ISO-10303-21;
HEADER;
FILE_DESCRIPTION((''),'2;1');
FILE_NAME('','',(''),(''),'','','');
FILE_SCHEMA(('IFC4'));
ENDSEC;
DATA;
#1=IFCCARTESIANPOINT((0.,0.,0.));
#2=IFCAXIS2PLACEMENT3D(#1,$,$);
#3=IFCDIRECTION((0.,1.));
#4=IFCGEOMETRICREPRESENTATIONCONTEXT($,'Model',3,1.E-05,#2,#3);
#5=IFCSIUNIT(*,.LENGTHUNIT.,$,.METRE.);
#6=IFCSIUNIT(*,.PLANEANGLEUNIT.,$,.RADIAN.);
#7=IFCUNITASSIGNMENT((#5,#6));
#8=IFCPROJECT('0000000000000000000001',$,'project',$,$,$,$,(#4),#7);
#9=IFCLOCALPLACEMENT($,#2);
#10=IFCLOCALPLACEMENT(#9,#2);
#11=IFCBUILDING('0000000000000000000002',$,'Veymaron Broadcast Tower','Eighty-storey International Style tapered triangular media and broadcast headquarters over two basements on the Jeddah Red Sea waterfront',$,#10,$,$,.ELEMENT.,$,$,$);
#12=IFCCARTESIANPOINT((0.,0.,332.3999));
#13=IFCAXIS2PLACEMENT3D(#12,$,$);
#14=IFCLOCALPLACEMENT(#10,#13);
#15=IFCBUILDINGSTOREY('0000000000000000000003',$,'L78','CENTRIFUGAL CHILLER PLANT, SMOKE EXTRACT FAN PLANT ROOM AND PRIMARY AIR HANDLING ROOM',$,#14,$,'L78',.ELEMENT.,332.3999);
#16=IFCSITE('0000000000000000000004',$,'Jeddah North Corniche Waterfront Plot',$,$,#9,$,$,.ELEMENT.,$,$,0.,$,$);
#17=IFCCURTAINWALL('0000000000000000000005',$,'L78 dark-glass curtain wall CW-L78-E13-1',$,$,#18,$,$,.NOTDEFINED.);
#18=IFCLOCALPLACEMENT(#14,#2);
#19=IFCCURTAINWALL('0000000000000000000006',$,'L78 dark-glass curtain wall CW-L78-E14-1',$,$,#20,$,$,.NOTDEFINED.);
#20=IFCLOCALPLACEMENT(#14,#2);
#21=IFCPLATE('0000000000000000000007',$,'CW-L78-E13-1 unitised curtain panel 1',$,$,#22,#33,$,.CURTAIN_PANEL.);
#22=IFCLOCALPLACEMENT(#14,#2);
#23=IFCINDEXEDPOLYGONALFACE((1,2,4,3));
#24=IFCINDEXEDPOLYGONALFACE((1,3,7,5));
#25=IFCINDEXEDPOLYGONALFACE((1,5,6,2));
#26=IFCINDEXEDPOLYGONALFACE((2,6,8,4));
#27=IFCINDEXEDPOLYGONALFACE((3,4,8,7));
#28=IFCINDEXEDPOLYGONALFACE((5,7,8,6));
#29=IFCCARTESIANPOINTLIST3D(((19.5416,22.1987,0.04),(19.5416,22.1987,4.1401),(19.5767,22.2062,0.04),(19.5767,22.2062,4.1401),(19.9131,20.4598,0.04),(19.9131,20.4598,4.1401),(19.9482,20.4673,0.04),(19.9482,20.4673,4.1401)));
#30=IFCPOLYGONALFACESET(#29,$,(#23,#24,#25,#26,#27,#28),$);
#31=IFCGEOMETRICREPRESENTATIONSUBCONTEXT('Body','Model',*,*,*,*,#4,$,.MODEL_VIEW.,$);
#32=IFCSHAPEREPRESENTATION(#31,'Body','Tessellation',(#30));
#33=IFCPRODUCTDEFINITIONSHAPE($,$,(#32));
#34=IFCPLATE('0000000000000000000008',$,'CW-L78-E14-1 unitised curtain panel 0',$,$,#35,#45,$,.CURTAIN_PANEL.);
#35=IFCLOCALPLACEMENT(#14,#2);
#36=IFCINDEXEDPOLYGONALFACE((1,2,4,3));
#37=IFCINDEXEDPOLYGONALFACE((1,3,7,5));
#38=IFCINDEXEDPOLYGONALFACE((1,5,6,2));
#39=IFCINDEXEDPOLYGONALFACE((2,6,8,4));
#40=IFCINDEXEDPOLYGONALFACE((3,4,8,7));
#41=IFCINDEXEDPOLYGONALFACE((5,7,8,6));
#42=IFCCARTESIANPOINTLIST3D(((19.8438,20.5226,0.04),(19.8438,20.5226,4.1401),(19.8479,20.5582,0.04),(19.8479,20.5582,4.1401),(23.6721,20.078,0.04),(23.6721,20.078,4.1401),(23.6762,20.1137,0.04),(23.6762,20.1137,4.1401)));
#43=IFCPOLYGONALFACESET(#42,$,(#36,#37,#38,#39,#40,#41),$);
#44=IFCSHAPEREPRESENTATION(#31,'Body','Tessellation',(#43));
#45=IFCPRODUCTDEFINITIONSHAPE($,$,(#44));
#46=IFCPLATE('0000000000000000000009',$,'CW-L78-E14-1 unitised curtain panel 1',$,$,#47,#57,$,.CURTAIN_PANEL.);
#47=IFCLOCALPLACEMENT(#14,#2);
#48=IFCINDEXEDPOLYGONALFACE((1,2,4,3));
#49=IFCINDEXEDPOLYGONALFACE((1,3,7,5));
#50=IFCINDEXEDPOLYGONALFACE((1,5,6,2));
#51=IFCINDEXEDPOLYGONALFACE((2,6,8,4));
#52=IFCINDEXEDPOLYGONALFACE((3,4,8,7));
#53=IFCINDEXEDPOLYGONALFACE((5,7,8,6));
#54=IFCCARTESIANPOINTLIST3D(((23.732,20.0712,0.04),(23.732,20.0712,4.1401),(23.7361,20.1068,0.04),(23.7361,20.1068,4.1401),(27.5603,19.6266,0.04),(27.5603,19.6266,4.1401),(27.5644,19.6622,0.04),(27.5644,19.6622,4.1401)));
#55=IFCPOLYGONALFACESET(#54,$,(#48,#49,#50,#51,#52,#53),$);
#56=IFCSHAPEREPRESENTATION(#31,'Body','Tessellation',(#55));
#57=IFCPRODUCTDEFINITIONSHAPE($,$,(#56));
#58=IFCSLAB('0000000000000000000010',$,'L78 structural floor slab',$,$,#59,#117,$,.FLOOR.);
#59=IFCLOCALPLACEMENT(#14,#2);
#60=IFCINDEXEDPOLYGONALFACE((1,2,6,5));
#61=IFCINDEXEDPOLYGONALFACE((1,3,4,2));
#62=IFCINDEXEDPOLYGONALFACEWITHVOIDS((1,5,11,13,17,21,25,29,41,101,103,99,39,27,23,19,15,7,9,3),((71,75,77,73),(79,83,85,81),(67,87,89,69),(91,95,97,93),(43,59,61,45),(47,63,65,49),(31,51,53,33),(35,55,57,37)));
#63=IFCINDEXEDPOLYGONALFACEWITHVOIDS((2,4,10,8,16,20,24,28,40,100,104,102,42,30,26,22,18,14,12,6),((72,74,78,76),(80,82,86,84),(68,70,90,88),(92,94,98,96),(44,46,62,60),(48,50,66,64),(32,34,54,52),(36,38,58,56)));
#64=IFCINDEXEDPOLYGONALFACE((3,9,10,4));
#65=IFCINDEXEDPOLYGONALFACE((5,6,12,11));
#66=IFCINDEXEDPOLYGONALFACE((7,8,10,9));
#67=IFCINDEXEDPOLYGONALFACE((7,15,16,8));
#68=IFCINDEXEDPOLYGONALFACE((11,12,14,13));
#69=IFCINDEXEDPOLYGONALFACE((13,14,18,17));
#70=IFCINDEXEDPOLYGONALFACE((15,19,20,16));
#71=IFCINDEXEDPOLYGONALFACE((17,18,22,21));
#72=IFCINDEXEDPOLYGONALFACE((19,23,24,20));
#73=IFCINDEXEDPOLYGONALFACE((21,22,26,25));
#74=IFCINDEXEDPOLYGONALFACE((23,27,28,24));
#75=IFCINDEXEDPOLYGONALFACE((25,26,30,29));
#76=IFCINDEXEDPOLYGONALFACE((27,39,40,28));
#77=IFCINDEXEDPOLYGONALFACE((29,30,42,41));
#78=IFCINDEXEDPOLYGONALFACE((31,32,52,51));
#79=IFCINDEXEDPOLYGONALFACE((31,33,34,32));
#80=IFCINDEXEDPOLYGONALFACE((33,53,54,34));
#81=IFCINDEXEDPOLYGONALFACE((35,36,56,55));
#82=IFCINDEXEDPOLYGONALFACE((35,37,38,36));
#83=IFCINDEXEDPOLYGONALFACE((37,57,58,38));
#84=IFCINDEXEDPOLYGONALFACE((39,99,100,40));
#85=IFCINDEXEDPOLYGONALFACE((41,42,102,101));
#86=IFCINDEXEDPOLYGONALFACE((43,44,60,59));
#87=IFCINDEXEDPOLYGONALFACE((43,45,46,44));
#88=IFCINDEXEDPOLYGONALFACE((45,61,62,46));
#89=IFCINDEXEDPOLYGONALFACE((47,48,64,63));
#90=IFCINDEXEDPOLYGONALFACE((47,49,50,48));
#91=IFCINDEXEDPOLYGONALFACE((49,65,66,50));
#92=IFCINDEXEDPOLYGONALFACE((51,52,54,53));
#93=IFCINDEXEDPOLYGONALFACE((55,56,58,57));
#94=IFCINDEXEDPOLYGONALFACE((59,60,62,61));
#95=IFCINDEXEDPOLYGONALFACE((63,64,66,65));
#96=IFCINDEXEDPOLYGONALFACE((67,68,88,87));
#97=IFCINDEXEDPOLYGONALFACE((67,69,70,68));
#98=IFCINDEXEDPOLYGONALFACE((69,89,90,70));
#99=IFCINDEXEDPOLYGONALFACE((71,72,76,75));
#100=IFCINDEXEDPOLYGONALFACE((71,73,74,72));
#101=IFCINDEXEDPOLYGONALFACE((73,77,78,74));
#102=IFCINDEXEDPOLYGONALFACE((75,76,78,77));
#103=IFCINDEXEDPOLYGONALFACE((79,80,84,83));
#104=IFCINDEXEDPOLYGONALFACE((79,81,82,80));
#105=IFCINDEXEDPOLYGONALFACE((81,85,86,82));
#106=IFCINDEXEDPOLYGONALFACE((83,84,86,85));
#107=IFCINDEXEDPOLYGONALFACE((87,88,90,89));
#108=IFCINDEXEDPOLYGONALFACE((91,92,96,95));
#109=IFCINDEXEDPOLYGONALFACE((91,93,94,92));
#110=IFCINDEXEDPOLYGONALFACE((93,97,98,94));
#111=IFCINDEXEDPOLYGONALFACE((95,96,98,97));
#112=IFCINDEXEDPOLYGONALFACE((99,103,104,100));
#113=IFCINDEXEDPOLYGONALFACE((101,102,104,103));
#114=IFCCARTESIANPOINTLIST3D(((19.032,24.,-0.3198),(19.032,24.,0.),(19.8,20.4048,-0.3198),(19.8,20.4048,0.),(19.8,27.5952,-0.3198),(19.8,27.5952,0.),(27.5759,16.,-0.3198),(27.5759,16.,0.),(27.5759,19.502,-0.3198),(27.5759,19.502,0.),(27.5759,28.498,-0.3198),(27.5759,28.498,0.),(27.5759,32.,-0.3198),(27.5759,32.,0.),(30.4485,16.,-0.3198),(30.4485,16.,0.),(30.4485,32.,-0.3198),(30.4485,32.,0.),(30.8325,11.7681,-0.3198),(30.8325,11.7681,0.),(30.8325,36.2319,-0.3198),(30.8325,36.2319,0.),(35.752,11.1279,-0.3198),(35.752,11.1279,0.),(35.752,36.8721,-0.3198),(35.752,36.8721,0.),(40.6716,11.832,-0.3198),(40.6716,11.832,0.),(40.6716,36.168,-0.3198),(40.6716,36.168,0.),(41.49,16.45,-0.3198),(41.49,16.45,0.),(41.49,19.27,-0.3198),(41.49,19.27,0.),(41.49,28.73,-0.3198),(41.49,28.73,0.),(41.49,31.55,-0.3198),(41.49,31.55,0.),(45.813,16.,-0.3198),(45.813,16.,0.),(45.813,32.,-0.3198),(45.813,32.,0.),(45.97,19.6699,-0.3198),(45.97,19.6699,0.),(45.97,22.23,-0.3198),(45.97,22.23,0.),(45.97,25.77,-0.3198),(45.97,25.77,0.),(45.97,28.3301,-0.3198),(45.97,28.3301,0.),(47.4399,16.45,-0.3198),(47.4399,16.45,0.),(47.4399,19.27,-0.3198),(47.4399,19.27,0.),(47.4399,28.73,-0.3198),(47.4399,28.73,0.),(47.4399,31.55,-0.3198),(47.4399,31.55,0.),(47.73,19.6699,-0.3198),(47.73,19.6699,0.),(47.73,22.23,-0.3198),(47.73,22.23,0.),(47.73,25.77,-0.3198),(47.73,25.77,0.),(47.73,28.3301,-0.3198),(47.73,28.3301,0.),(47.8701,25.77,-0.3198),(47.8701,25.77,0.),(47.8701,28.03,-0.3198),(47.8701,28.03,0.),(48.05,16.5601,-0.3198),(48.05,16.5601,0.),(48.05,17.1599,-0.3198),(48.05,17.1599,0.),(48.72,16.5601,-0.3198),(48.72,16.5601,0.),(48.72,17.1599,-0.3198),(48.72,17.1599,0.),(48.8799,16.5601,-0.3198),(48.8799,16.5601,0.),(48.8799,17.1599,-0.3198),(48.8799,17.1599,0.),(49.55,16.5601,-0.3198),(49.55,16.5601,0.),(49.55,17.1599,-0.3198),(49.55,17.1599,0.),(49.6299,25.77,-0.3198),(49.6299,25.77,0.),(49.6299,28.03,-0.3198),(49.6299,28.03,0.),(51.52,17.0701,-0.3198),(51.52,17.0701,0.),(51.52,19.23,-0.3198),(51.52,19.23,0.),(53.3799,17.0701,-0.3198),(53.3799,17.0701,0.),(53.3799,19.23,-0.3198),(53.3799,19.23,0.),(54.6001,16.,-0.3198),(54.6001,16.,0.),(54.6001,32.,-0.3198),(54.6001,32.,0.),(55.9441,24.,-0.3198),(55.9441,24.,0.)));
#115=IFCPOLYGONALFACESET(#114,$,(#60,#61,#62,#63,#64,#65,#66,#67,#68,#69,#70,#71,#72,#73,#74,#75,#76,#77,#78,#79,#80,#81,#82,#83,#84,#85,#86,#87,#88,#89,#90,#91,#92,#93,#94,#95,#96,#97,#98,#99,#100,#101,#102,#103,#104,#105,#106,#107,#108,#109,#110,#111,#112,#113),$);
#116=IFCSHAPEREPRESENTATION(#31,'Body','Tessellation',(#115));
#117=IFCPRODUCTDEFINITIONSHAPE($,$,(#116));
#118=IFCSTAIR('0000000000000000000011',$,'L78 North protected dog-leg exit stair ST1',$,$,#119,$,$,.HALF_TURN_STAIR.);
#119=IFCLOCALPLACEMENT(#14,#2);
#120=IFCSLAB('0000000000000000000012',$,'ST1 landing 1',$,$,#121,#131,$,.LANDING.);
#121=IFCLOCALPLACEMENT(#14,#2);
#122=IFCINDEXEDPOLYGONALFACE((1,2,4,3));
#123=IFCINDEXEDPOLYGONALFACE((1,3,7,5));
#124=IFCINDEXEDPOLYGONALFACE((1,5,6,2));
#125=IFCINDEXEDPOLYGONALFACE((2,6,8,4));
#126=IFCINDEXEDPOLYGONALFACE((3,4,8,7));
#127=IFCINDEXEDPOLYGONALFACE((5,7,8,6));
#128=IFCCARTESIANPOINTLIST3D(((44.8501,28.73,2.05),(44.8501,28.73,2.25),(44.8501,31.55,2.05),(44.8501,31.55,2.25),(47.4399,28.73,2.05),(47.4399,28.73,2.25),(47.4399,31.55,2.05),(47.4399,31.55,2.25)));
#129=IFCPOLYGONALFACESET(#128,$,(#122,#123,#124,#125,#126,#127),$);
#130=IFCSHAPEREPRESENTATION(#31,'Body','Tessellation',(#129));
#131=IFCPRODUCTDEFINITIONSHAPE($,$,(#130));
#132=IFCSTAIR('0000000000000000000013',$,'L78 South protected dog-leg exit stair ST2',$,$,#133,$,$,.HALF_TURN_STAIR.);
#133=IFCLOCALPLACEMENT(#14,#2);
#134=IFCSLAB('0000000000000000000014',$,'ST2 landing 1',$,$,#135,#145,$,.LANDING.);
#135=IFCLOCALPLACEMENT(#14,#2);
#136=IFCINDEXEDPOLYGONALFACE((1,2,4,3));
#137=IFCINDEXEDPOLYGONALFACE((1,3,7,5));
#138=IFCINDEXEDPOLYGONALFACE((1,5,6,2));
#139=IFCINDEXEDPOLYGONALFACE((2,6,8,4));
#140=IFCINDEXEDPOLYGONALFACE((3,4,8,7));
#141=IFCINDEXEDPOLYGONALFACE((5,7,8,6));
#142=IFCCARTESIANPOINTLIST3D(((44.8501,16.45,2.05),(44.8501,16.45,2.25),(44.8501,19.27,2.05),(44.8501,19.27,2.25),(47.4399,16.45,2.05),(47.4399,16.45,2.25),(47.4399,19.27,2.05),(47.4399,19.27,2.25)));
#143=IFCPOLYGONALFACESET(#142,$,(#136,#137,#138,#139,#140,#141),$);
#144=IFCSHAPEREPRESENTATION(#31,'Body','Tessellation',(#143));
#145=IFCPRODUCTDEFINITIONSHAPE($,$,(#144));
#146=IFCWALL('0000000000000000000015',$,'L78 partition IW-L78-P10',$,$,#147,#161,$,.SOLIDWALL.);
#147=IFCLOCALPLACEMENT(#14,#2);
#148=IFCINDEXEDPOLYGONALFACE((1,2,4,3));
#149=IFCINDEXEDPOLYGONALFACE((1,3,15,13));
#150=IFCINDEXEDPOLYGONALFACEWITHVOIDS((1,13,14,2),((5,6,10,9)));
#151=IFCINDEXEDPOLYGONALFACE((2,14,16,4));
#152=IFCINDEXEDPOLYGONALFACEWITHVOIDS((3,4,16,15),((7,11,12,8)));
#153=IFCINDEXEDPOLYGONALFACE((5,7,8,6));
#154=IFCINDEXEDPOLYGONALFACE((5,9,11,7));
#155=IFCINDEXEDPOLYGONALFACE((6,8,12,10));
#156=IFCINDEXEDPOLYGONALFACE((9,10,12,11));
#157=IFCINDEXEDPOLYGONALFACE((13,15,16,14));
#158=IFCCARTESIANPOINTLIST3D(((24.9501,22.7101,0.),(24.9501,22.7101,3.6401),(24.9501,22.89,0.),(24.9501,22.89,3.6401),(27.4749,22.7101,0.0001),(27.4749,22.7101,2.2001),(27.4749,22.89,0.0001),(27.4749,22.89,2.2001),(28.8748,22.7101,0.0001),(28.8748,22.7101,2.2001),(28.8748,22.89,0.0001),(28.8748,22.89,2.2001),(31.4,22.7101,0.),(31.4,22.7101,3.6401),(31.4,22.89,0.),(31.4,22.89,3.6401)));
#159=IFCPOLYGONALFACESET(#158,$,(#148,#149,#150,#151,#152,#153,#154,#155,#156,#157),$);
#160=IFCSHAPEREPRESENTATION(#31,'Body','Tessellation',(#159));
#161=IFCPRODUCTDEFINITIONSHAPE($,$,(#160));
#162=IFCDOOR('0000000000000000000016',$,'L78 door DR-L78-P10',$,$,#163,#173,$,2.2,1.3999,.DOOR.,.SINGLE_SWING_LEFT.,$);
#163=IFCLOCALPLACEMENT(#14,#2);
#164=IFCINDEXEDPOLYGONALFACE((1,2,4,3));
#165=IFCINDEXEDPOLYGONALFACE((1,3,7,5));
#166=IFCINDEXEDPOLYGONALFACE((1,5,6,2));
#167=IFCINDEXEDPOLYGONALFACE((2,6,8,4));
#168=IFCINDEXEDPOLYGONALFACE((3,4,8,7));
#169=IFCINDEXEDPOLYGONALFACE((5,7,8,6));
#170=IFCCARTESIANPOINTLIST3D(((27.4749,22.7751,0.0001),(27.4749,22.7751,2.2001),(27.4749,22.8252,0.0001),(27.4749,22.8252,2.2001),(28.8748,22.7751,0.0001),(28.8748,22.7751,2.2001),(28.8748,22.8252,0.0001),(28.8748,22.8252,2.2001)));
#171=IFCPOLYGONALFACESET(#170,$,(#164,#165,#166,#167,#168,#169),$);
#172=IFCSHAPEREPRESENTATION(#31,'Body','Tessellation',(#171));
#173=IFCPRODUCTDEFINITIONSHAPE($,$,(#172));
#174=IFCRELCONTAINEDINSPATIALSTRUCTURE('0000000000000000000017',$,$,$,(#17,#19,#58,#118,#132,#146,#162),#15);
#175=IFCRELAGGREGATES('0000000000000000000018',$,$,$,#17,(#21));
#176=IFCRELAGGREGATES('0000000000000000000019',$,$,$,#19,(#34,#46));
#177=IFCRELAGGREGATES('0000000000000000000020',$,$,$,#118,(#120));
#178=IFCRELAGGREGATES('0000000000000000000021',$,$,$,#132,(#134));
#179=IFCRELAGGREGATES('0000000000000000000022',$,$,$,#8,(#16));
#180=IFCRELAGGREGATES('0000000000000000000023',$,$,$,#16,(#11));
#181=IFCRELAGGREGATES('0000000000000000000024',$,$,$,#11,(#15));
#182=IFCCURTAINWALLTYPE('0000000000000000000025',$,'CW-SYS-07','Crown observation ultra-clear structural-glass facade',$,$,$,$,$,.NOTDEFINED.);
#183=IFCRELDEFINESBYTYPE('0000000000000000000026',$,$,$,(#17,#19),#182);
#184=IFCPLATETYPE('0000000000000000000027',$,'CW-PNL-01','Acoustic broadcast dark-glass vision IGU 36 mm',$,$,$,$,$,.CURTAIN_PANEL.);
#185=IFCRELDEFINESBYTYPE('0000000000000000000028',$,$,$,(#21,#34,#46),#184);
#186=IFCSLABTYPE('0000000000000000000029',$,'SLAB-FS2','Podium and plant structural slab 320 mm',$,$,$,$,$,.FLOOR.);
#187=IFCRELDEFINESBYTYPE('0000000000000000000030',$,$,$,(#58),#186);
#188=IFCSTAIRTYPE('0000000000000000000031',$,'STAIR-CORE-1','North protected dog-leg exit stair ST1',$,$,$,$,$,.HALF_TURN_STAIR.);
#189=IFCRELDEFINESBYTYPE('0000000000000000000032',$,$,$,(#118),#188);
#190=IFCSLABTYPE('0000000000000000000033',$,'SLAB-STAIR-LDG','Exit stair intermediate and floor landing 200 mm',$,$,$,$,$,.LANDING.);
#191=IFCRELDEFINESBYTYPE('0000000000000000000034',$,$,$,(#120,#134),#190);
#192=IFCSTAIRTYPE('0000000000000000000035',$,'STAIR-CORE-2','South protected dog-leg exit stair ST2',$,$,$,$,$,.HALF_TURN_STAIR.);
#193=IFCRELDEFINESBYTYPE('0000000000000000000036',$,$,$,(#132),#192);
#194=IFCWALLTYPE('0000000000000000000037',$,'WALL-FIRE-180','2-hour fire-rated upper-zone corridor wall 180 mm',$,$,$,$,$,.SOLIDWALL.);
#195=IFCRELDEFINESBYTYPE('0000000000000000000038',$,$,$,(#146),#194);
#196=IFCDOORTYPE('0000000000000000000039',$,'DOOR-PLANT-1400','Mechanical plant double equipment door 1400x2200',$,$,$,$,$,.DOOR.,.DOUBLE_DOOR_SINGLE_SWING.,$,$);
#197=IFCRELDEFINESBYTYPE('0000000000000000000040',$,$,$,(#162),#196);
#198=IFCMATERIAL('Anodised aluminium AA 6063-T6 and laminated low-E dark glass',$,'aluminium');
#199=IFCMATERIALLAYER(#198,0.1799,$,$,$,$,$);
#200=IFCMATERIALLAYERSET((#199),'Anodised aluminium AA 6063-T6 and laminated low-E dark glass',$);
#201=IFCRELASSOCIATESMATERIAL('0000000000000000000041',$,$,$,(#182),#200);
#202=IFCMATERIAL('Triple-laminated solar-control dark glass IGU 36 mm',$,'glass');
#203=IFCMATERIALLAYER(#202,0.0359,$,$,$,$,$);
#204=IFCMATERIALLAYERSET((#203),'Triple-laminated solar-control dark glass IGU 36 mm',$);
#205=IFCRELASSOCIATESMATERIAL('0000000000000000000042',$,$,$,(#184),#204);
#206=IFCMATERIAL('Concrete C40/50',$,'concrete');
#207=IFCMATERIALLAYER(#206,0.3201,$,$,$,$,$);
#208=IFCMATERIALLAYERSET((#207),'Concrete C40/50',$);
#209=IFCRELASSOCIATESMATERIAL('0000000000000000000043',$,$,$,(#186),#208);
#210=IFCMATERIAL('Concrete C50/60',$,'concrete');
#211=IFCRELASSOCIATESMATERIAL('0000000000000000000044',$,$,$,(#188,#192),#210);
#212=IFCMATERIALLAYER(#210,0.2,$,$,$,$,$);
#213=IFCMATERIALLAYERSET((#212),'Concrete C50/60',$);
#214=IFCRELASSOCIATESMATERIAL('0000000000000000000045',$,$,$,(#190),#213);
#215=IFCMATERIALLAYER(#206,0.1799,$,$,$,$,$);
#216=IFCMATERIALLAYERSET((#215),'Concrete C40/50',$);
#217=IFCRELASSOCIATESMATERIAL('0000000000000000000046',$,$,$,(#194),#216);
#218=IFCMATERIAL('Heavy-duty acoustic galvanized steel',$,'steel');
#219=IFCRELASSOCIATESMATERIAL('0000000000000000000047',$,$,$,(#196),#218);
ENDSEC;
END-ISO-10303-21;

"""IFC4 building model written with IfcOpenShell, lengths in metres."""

from ifc_helpers import new_model, si_unit, direction, frame, frame_2d, origin, origin_2d, place, context, subcontext, project, spatial, polyline, rectangle, outline, extrude, material, layer, layer_set, type_object, element, fill, aggregate, save


model = new_model("IFC4")

# Units and contexts
model_context = context("Model", 3, precision=1e-05, world=origin(), true_north=direction((0.0, 1.0)))
body_context = subcontext(model_context, "Body", "Model", "MODEL_VIEW")
ifc_project = project(units=[si_unit("LENGTHUNIT", "METRE"), si_unit("PLANEANGLEUNIT", "RADIAN")], contexts=[model_context])

# Site, building, storey
site_placement = place(None, origin())
site = spatial("IfcSite", under=ifc_project, at=site_placement, Name="Jeddah North Corniche Waterfront Plot", CompositionType="ELEMENT", RefElevation=0.0)
building_placement = place(site_placement, origin())
building = spatial("IfcBuilding", under=site, at=building_placement, Name="Veymaron Broadcast Tower", Description="Eighty-storey International Style tapered triangular media and broadcast headquarters over two basements on the Jeddah Red Sea waterfront", CompositionType="ELEMENT")
storey_placement = place(building_placement, frame((0.0, 0.0, 332.3999)))
storey = spatial("IfcBuildingStorey", under=building, at=storey_placement, Name="L78", Description="CENTRIFUGAL CHILLER PLANT, SMOKE EXTRACT FAN PLANT ROOM AND PRIMARY AIR HANDLING ROOM", LongName="L78", CompositionType="ELEMENT", Elevation=332.3999)

# Shared definitions
ifc_material_1 = material(Name="Anodised aluminium AA 6063-T6 and laminated low-E dark glass", Category="aluminium")
ifc_layer_1 = layer(ifc_material_1, 0.1799)
ifc_layer_set_1 = layer_set([ifc_layer_1], Name="Anodised aluminium AA 6063-T6 and laminated low-E dark glass")
curtain_wall_type = type_object("IfcCurtainWallType", Name="CW-SYS-07", Description="Crown observation ultra-clear structural-glass facade", PredefinedType="NOTDEFINED", material=ifc_layer_set_1)

# Curtain walls
curtain_wall_1_placement = place(storey_placement, origin())
curtain_wall_1 = element("IfcCurtainWall", 1, at=curtain_wall_1_placement, inside=storey, type_object=curtain_wall_type, Name="L78 dark-glass curtain wall CW-L78-E13-1", PredefinedType="NOTDEFINED")
curtain_wall_2_placement = place(storey_placement, origin())
curtain_wall_2 = element("IfcCurtainWall", 2, at=curtain_wall_2_placement, inside=storey, type_object=curtain_wall_type, Name="L78 dark-glass curtain wall CW-L78-E14-1", PredefinedType="NOTDEFINED")

# Plates
ifc_material_2 = material(Name="Triple-laminated solar-control dark glass IGU 36 mm", Category="glass")
ifc_layer_2 = layer(ifc_material_2, 0.0359)
ifc_layer_set_2 = layer_set([ifc_layer_2], Name="Triple-laminated solar-control dark glass IGU 36 mm")
plate_type = type_object("IfcPlateType", Name="CW-PNL-01", Description="Acoustic broadcast dark-glass vision IGU 36 mm", PredefinedType="CURTAIN_PANEL", material=ifc_layer_set_2)
plate_1_placement = place(storey_placement, frame((19.7449, 21.333, 0.04), z_axis=(0.0, 0.0, 1.0), x_axis=(0.208919, -0.977933, 0.0)))
plate_1 = element("IfcPlate", 3, at=plate_1_placement, type_object=plate_type, Name="CW-L78-E13-1 unitised curtain panel 1", PredefinedType="CURTAIN_PANEL", context=body_context, shape_type="SweptSolid", body=[
    extrude(rectangle(XDim=1.7781, YDim=0.0359, at=origin_2d()), origin(), (0.0, 0.0, 1.0), 4.1001),
])
aggregate(curtain_wall_1, [plate_1])
plate_2_placement = place(storey_placement, frame((21.76, 20.3181, 0.04), z_axis=(0.0, 0.0, 1.0), x_axis=(0.993325, -0.115353, 0.0)))
plate_2 = element("IfcPlate", 4, at=plate_2_placement, type_object=plate_type, Name="CW-L78-E14-1 unitised curtain panel 0", PredefinedType="CURTAIN_PANEL", context=body_context, shape_type="SweptSolid", body=[
    extrude(rectangle(XDim=3.854, YDim=0.0359, at=origin_2d()), origin(), (0.0, 0.0, 1.0), 4.1001),
])
plate_3_placement = place(storey_placement, frame((25.6482, 19.8667, 0.04), z_axis=(0.0, 0.0, 1.0), x_axis=(0.993325, -0.115353, 0.0)))
plate_3 = element("IfcPlate", 5, at=plate_3_placement, type_object=plate_type, Name="CW-L78-E14-1 unitised curtain panel 1", PredefinedType="CURTAIN_PANEL", context=body_context, shape_type="SweptSolid", body=[
    extrude(rectangle(XDim=3.854, YDim=0.0359, at=origin_2d()), origin(), (0.0, 0.0, 1.0), 4.1001),
])
aggregate(curtain_wall_2, [plate_2, plate_3])

# Slab
ifc_material_3 = material(Name="Concrete C40/50", Category="concrete")
ifc_layer_3 = layer(ifc_material_3, 0.3201)
ifc_layer_set_3 = layer_set([ifc_layer_3], Name="Concrete C40/50")
slab_type_1 = type_object("IfcSlabType", Name="SLAB-FS2", Description="Podium and plant structural slab 320 mm", PredefinedType="FLOOR", material=ifc_layer_set_3)
slab_1_placement = place(storey_placement, frame((0.0, 0.0, -0.3198)))
element("IfcSlab", 6, at=slab_1_placement, inside=storey, type_object=slab_type_1, Name="L78 structural floor slab", PredefinedType="FLOOR", context=body_context, shape_type="SweptSolid", body=[
    extrude(outline(polyline([(45.813, 16.0), (54.6001, 16.0), (55.9441, 24.0), (54.6001, 32.0), (45.813, 32.0), (40.6716, 36.168), (35.752, 36.8721), (30.8325, 36.2319), (30.4485, 32.0), (27.5759, 32.0), (27.5759, 28.498), (19.8, 27.5952), (19.032, 24.0), (19.8, 20.4048), (27.5759, 19.502), (27.5759, 16.0), (30.4485, 16.0), (30.8325, 11.7681), (35.752, 11.1279), (40.6716, 11.832), (45.813, 16.0)]), holes=[polyline([(45.97, 28.3301), (47.73, 28.3301), (47.73, 25.77), (45.97, 25.77), (45.97, 28.3301)]), polyline([(45.97, 22.23), (47.73, 22.23), (47.73, 19.6699), (45.97, 19.6699), (45.97, 22.23)]), polyline([(47.8701, 28.03), (49.6299, 28.03), (49.6299, 25.77), (47.8701, 25.77), (47.8701, 28.03)]), polyline([(51.52, 19.23), (53.3799, 19.23), (53.3799, 17.0701), (51.52, 17.0701), (51.52, 19.23)]), polyline([(48.05, 17.1599), (48.72, 17.1599), (48.72, 16.5601), (48.05, 16.5601), (48.05, 17.1599)]), polyline([(48.8799, 17.1599), (49.55, 17.1599), (49.55, 16.5601), (48.8799, 16.5601), (48.8799, 17.1599)]), polyline([(41.49, 31.55), (47.4399, 31.55), (47.4399, 28.73), (41.49, 28.73), (41.49, 31.55)]), polyline([(41.49, 19.27), (47.4399, 19.27), (47.4399, 16.45), (41.49, 16.45), (41.49, 19.27)])]), origin(), (0.0, 0.0, 1.0), 0.3198),
])

# Stairs, slabs
ifc_material_4 = material(Name="Concrete C50/60", Category="concrete")
stair_type_1 = type_object("IfcStairType", Name="STAIR-CORE-1", Description="North protected dog-leg exit stair ST1", PredefinedType="HALF_TURN_STAIR", material=ifc_material_4)
stair_1_placement = place(storey_placement, origin())
stair_1 = element("IfcStair", 7, at=stair_1_placement, inside=storey, type_object=stair_type_1, Name="L78 North protected dog-leg exit stair ST1", PredefinedType="HALF_TURN_STAIR")
ifc_layer_4 = layer(ifc_material_4, 0.2)
ifc_layer_set_4 = layer_set([ifc_layer_4], Name="Concrete C50/60")
slab_type_2 = type_object("IfcSlabType", Name="SLAB-STAIR-LDG", Description="Exit stair intermediate and floor landing 200 mm", PredefinedType="LANDING", material=ifc_layer_set_4)
slab_2_placement = place(storey_placement, frame((0.0, 0.0, 2.05)))
slab_2 = element("IfcSlab", 8, at=slab_2_placement, type_object=slab_type_2, Name="ST1 landing 1", PredefinedType="LANDING", context=body_context, shape_type="SweptSolid", body=[
    extrude(outline(polyline([(44.8501, 28.73), (47.4399, 28.73), (47.4399, 31.55), (44.8501, 31.55), (44.8501, 28.73)])), origin(), (0.0, 0.0, 1.0), 0.2),
])
aggregate(stair_1, [slab_2])
stair_type_2 = type_object("IfcStairType", Name="STAIR-CORE-2", Description="South protected dog-leg exit stair ST2", PredefinedType="HALF_TURN_STAIR", material=ifc_material_4)
stair_2_placement = place(storey_placement, origin())
stair_2 = element("IfcStair", 9, at=stair_2_placement, inside=storey, type_object=stair_type_2, Name="L78 South protected dog-leg exit stair ST2", PredefinedType="HALF_TURN_STAIR")
slab_3_placement = place(storey_placement, frame((0.0, 0.0, 2.05)))
slab_3 = element("IfcSlab", 10, at=slab_3_placement, type_object=slab_type_2, Name="ST2 landing 1", PredefinedType="LANDING", context=body_context, shape_type="SweptSolid", body=[
    extrude(outline(polyline([(44.8501, 16.45), (47.4399, 16.45), (47.4399, 19.27), (44.8501, 19.27), (44.8501, 16.45)])), origin(), (0.0, 0.0, 1.0), 0.2),
])
aggregate(stair_2, [slab_3])

# Wall, opening, door
ifc_layer_5 = layer(ifc_material_3, 0.1799)
ifc_layer_set_5 = layer_set([ifc_layer_5], Name="Concrete C40/50")
wall_type_1 = type_object("IfcWallType", Name="WALL-FIRE-180", Description="2-hour fire-rated upper-zone corridor wall 180 mm", PredefinedType="SOLIDWALL", material=ifc_layer_set_5)
wall_1_placement = place(storey_placement, frame((24.95, 22.8, 0.0), z_axis=(0.0, 0.0, 1.0), x_axis=(1.0, 0.0, 0.0)))
wall_1 = element("IfcWall", 11, at=wall_1_placement, inside=storey, type_object=wall_type_1, Name="L78 partition IW-L78-P10", PredefinedType="SOLIDWALL", context=body_context, shape_type="SweptSolid", body=[
    extrude(rectangle(XDim=6.45, YDim=0.1799, at=frame_2d((3.2251, 0.0))), origin(), (0.0, 0.0, 1.0), 3.6401),
])
opening_1_placement = place(wall_1_placement, frame((2.5249, 0.0, 0.0)))
opening_1 = element("IfcOpeningElement", 12, at=opening_1_placement, cuts=wall_1, PredefinedType="OPENING", context=body_context, shape_type="SweptSolid", body=[
    extrude(rectangle(XDim=1.3999, YDim=2.2, at=frame_2d((0.7, 1.1001))), frame((0.0, 0.1001, 0.0), z_axis=(0.0, -1.0, 0.0), x_axis=(1.0, 0.0, 0.0)), (0.0, 0.0, 1.0), 0.2),
])
ifc_material_5 = material(Name="Heavy-duty acoustic galvanized steel", Category="steel")
door_type = type_object("IfcDoorType", Name="DOOR-PLANT-1400", Description="Mechanical plant double equipment door 1400x2200", OperationType="DOUBLE_DOOR_SINGLE_SWING", PredefinedType="DOOR", material=ifc_material_5)
door_1_placement = place(opening_1_placement, frame((1.3999, 0.0, 0.0), z_axis=(0.0, 0.0, 1.0), x_axis=(-1.0, 0.0, 0.0)))
door_1 = element("IfcDoor", 13, at=door_1_placement, inside=storey, type_object=door_type, Name="L78 door DR-L78-P10", OperationType="SINGLE_SWING_LEFT", OverallHeight=2.2, OverallWidth=1.3999, PredefinedType="DOOR", context=body_context, shape_type="SweptSolid", body=[
    extrude(rectangle(XDim=1.3999, YDim=2.2, at=frame_2d((0.7, 1.1001))), frame((0.0, 0.0249, 0.0), z_axis=(0.0, -1.0, 0.0), x_axis=(1.0, 0.0, 0.0)), (0.0, 0.0, 1.0), 0.05),
])
fill(opening_1, door_1)

save(model, "model.ifc")
